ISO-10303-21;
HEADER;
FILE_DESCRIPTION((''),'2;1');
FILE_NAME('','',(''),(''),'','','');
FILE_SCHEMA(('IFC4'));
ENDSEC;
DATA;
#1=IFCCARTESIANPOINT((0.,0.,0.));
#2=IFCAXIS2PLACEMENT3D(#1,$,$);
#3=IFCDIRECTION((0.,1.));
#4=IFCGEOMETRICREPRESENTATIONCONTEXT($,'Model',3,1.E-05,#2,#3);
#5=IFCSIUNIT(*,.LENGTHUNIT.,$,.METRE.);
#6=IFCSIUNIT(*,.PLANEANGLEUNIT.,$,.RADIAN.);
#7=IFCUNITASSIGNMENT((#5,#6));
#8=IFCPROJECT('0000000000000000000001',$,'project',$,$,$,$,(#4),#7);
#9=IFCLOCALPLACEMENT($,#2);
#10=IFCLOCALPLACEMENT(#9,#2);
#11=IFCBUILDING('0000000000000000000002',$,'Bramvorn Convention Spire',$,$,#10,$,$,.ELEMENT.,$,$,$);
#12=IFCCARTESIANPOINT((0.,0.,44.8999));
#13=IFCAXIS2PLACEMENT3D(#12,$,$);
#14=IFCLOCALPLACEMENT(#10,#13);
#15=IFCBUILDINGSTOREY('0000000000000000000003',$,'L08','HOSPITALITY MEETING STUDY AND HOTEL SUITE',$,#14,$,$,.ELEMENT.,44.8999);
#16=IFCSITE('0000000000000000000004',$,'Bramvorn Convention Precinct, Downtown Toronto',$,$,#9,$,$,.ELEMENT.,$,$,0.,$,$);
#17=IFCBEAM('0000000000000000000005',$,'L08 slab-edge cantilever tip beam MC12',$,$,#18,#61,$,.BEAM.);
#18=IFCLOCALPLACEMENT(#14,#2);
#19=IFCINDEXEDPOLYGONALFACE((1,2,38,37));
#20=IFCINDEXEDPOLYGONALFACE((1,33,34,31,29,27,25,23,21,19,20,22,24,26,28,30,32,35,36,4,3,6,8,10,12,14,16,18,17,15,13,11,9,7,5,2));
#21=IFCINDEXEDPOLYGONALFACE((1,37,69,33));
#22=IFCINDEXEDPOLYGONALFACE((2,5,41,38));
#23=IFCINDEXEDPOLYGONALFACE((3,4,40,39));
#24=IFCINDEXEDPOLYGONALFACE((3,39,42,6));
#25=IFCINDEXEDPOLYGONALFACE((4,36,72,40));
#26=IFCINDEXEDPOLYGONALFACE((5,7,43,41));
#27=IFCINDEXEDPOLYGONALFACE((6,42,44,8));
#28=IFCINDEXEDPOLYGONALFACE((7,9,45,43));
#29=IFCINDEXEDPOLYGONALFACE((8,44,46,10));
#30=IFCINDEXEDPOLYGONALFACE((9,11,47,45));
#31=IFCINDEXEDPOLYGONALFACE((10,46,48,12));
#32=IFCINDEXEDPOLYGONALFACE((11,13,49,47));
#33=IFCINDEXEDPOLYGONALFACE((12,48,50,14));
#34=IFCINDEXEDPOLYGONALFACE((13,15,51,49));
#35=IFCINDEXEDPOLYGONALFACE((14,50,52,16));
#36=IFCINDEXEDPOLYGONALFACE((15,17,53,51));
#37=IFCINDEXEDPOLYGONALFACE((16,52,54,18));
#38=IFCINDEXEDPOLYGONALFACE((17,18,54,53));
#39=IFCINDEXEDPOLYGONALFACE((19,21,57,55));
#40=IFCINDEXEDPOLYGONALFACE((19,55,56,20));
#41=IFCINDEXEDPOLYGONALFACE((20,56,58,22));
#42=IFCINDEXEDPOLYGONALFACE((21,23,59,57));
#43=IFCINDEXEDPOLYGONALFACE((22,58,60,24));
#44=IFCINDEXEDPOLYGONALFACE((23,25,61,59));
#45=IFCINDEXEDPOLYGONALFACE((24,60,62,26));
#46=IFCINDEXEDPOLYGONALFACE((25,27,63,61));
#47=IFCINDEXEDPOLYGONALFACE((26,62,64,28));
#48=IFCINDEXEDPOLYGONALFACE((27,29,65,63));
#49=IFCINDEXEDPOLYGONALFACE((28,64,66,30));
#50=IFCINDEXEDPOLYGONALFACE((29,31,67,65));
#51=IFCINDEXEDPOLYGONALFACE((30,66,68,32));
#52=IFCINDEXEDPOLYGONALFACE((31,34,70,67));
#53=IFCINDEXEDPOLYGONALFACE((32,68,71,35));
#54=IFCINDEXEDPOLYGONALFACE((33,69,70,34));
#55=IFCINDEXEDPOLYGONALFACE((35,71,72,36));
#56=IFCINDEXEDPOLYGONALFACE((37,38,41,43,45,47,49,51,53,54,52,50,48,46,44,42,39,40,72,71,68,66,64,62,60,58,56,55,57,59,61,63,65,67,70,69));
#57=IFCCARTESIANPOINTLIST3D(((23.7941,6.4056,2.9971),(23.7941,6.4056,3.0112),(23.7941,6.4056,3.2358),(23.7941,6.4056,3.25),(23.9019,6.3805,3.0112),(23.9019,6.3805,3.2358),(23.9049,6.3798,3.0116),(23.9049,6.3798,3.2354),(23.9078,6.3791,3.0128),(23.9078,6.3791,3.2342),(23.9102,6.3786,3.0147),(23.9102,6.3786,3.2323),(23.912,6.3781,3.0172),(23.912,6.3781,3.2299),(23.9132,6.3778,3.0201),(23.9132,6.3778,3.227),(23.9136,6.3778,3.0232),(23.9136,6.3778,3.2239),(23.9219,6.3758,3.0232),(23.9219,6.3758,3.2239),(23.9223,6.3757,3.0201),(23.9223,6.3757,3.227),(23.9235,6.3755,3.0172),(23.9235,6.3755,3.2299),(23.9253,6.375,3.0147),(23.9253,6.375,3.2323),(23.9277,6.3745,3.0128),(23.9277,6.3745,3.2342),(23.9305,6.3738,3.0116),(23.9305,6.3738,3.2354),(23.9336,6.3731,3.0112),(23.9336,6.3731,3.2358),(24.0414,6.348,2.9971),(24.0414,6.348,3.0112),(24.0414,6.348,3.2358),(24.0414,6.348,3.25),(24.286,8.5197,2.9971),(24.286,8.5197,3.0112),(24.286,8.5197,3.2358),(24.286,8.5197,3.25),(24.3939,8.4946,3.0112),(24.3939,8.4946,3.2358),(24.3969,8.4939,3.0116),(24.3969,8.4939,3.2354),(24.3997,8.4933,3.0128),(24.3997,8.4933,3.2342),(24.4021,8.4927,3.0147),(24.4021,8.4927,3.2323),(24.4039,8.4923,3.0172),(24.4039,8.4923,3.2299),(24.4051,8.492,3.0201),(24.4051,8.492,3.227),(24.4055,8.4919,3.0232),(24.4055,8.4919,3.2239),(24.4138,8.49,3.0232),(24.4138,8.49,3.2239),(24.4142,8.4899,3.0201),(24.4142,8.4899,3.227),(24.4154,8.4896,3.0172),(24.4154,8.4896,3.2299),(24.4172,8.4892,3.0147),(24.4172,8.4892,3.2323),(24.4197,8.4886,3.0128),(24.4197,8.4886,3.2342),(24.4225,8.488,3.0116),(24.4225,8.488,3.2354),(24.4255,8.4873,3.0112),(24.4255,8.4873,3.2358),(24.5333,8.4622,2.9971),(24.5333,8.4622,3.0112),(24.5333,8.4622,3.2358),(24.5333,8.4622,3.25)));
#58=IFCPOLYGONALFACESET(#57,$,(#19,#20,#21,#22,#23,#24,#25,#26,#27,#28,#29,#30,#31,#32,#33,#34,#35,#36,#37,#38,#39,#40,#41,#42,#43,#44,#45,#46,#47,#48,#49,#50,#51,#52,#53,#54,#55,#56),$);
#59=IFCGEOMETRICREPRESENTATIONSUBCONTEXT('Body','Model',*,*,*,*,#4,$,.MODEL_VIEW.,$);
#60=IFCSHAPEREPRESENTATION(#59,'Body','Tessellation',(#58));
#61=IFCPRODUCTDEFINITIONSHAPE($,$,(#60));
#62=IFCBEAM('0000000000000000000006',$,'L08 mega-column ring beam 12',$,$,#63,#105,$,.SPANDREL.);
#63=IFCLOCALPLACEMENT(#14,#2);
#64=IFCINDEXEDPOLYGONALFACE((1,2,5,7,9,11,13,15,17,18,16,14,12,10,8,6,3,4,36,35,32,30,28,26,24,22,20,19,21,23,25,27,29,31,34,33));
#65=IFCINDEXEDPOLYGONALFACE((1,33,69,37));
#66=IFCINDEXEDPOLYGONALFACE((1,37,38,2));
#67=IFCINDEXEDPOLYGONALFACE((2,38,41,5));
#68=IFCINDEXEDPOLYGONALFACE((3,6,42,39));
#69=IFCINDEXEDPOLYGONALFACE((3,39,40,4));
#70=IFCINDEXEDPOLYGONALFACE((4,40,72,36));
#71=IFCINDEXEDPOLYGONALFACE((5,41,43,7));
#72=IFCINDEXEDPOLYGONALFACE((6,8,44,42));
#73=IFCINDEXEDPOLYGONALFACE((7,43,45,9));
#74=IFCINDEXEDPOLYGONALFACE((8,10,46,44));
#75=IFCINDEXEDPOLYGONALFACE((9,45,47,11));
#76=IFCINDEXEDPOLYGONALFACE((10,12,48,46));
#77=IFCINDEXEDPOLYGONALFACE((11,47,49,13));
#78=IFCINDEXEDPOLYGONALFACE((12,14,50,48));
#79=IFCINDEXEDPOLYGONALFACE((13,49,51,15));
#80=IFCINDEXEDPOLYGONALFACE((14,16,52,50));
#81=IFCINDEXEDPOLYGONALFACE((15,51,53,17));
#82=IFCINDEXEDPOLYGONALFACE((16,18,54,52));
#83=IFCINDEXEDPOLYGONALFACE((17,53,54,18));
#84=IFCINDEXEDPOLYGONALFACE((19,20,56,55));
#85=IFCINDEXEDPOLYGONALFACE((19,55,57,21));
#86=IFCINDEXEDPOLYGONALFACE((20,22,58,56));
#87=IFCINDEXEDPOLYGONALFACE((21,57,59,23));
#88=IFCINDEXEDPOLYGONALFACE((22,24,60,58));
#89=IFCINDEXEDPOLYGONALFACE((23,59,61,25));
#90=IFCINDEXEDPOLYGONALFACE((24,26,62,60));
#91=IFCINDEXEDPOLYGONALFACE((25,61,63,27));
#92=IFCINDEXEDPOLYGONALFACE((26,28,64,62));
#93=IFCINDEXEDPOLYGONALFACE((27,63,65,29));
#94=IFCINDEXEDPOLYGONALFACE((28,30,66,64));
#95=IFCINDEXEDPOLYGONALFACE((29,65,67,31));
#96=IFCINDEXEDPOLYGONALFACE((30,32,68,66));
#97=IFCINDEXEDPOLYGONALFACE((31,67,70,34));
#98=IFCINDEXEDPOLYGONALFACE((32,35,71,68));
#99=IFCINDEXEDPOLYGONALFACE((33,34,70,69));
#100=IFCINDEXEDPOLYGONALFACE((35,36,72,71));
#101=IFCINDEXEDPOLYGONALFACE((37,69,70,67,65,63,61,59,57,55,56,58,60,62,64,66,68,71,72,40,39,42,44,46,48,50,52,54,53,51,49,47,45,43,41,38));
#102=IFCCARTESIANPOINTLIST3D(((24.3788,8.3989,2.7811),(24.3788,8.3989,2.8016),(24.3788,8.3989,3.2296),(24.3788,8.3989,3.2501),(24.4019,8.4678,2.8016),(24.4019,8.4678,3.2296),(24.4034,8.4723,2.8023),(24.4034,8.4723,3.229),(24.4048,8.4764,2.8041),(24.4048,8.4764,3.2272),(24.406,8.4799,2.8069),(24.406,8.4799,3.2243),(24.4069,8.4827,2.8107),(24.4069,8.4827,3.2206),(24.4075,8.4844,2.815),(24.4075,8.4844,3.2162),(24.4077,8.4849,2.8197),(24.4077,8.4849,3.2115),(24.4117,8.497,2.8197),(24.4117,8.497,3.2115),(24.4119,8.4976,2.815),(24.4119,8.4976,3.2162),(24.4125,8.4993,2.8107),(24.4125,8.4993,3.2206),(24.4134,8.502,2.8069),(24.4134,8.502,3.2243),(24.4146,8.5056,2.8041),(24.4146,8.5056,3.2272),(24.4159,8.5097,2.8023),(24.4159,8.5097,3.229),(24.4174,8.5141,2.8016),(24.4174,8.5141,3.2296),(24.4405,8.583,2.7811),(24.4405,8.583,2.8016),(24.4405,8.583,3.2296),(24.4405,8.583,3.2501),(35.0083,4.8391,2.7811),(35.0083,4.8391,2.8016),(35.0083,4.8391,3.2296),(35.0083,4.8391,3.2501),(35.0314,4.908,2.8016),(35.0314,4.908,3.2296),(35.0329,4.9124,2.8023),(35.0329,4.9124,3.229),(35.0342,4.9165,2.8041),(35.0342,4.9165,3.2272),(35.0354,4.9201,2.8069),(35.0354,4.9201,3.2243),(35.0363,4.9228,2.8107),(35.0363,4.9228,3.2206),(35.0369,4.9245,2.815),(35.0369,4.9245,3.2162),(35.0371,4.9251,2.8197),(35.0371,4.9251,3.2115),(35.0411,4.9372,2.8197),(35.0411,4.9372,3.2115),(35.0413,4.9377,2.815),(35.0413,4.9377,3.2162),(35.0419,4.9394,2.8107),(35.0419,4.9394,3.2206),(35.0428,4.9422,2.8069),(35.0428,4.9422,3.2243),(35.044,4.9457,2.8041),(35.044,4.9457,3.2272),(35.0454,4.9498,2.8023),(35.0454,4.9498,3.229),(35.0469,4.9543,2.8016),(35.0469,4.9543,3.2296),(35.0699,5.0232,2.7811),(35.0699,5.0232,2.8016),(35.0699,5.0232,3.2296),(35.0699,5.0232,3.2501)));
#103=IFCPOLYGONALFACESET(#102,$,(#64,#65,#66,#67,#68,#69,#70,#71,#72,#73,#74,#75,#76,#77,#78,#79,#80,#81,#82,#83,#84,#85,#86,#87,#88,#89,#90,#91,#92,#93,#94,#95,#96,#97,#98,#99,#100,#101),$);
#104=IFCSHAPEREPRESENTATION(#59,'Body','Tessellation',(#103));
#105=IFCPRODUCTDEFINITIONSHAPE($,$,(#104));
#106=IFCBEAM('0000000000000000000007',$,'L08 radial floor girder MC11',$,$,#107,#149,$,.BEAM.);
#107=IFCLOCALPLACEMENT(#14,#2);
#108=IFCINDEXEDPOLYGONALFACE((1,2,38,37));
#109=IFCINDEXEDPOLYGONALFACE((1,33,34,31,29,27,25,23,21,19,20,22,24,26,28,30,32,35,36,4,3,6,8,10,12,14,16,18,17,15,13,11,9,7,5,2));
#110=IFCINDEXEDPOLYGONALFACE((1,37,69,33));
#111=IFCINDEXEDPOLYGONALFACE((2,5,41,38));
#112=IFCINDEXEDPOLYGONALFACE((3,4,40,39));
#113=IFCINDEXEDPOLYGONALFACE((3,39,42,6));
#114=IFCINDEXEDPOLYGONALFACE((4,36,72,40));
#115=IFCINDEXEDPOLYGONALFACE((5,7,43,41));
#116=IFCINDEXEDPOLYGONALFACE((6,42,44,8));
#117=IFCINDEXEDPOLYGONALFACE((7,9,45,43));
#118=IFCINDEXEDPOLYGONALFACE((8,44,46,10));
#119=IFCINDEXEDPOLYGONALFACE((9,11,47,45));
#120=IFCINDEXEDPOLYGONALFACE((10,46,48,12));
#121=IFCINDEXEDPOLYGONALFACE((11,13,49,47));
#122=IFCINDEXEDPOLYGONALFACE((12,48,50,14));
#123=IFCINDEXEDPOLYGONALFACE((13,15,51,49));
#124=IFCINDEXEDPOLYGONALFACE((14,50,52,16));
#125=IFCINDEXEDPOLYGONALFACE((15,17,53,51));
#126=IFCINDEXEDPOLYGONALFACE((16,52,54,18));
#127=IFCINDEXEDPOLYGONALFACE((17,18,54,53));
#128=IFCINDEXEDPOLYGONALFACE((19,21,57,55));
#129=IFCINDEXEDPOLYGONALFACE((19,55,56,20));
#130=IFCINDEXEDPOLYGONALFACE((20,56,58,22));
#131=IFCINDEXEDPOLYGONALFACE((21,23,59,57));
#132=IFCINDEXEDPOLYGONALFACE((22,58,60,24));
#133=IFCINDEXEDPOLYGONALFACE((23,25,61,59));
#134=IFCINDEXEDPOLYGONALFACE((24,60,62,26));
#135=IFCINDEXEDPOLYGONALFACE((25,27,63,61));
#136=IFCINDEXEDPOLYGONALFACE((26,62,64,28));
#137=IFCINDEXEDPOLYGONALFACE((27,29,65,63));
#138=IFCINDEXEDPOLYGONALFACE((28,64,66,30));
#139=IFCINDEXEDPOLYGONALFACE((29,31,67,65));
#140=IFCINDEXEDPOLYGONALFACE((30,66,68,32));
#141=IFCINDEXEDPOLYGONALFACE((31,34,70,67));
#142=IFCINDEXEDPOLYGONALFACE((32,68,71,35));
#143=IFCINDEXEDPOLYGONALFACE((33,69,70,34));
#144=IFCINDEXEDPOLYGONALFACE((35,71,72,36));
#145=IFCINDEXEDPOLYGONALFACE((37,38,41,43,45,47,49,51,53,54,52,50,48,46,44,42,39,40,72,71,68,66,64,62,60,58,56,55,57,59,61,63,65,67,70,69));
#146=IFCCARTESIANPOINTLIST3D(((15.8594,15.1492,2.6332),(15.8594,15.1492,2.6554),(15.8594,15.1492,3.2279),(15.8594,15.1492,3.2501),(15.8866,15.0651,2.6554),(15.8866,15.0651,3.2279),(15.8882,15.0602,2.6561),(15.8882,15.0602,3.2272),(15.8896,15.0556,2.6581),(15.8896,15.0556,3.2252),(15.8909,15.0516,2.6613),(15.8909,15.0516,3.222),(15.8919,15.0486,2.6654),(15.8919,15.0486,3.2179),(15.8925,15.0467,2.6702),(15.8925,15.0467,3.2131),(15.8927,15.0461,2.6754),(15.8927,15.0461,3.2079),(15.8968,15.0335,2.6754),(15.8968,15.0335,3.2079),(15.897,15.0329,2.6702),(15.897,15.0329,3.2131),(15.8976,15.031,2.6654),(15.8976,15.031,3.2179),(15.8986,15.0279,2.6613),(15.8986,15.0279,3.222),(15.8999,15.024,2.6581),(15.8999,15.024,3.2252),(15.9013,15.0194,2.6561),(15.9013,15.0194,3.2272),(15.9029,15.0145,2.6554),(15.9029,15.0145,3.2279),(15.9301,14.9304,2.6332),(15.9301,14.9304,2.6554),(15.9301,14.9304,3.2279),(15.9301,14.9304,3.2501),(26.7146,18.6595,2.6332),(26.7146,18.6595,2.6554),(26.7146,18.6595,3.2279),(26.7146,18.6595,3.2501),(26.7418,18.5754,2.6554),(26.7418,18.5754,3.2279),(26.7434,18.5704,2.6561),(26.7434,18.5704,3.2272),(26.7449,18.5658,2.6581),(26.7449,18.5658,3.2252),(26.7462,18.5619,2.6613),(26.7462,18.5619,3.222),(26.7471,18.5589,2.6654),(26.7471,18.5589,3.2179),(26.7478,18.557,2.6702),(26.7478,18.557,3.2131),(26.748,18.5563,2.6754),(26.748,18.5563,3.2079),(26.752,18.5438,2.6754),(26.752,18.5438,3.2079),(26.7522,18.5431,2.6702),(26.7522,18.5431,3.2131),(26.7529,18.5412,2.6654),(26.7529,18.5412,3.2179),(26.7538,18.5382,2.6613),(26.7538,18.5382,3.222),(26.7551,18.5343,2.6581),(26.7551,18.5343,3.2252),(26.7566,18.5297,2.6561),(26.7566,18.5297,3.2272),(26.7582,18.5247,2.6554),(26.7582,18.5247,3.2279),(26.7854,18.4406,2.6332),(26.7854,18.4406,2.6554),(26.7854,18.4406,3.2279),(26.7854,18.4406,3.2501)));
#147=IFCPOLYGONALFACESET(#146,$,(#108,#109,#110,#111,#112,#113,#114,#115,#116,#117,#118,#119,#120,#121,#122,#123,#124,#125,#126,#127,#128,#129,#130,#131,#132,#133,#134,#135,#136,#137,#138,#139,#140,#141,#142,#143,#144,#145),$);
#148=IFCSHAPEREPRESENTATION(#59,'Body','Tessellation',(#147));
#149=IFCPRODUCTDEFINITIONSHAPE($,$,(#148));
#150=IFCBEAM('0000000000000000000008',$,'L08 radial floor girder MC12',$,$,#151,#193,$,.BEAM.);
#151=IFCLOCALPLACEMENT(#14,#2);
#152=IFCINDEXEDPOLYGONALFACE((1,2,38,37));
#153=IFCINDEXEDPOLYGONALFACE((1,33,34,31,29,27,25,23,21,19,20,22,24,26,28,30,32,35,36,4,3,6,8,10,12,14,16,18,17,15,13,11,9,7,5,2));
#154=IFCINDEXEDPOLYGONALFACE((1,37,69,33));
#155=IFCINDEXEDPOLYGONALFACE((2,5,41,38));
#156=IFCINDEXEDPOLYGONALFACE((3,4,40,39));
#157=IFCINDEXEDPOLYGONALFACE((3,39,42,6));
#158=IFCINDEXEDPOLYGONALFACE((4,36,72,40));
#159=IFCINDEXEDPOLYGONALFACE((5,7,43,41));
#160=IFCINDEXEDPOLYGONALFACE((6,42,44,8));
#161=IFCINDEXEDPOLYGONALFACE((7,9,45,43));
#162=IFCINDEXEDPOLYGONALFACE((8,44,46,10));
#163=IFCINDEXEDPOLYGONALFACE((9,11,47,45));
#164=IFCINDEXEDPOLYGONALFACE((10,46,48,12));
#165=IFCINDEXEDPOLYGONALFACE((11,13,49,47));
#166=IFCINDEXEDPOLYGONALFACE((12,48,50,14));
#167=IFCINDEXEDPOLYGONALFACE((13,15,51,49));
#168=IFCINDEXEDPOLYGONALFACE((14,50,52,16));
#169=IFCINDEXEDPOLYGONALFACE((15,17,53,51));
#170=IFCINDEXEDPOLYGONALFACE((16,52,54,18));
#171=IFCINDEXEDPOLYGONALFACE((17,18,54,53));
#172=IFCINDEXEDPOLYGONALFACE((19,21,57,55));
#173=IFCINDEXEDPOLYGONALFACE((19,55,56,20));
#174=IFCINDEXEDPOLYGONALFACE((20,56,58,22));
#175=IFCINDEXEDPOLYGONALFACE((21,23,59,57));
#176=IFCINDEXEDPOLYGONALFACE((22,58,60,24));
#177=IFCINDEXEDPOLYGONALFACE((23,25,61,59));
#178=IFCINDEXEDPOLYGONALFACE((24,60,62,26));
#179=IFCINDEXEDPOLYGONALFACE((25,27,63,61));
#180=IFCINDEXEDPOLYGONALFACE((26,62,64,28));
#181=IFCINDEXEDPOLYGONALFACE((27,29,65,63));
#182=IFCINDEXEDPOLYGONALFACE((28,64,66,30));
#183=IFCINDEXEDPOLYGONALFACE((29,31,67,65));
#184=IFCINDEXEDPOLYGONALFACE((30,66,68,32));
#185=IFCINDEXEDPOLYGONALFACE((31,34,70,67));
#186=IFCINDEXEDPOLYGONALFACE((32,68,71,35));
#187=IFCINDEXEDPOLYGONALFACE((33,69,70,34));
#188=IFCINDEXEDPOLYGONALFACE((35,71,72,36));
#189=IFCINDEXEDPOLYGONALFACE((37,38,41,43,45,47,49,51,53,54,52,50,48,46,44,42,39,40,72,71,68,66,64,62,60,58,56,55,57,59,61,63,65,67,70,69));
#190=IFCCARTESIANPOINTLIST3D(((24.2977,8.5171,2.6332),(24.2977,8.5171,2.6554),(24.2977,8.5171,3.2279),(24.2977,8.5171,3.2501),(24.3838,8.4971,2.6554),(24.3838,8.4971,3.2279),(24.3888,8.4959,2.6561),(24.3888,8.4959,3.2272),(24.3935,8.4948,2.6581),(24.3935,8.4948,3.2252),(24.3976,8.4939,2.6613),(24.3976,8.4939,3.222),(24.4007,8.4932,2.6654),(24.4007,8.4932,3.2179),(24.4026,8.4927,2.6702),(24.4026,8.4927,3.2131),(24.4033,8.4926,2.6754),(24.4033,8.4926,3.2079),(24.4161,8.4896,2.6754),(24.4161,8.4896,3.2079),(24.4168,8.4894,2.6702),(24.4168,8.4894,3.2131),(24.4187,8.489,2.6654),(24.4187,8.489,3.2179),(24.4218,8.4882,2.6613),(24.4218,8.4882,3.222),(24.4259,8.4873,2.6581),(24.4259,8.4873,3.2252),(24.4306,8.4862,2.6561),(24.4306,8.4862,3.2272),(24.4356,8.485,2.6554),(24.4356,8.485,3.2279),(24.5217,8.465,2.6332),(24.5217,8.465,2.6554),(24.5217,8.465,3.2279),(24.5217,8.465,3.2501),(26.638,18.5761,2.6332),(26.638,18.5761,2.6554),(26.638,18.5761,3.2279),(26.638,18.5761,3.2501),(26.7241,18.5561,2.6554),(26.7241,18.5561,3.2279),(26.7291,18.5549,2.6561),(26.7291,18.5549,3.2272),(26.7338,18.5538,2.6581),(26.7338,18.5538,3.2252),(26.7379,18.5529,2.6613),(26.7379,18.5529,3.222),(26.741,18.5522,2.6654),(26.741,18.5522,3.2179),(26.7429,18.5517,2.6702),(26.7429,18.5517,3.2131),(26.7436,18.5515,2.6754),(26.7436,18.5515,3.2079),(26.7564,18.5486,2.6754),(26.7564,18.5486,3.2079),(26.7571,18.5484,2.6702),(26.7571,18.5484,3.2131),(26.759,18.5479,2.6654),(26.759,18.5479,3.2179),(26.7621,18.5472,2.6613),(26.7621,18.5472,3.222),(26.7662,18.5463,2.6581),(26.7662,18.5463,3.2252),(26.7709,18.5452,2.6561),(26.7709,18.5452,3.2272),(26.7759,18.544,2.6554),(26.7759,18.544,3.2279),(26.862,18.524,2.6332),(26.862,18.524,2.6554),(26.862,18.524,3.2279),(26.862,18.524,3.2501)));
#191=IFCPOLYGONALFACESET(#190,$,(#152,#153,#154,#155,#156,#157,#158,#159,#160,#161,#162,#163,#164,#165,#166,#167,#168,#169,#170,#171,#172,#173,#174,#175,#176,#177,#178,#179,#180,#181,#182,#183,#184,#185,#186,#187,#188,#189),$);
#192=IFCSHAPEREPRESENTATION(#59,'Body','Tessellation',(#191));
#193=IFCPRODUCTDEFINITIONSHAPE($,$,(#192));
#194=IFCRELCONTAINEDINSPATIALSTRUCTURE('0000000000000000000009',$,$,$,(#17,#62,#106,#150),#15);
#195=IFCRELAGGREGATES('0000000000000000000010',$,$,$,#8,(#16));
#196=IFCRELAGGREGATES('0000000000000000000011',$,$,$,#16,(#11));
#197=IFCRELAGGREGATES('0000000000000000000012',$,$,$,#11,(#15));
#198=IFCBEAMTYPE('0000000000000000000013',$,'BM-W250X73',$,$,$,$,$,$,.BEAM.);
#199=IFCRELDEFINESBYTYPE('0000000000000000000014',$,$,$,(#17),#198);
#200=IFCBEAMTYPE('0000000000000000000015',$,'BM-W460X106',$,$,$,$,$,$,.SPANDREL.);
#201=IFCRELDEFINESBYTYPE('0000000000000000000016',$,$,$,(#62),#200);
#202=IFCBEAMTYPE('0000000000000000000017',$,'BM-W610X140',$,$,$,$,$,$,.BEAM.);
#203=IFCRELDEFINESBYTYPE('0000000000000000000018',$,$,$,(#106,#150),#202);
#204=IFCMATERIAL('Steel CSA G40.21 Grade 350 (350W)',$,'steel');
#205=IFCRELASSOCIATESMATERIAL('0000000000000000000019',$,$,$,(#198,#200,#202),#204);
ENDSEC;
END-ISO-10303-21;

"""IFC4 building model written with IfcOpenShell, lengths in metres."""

from ifc_helpers import new_model, si_unit, direction, frame, origin, origin_2d, place, context, subcontext, project, spatial, i_section, extrude, material, material_profile, profile_set, type_object, element, save


model = new_model("IFC4")

# Units and contexts
model_context = context("Model", 3, precision=1e-05, world=origin(), true_north=direction((0.0, 1.0)))
body_context = subcontext(model_context, "Body", "Model", "MODEL_VIEW")
ifc_project = project(units=[si_unit("LENGTHUNIT", "METRE"), si_unit("PLANEANGLEUNIT", "RADIAN")], contexts=[model_context])

# Site, building, storey
site_placement = place(None, origin())
site = spatial("IfcSite", under=ifc_project, at=site_placement, Name="Bramvorn Convention Precinct, Downtown Toronto", CompositionType="ELEMENT", RefElevation=0.0)
building_placement = place(site_placement, origin())
building = spatial("IfcBuilding", under=site, at=building_placement, Name="Bramvorn Convention Spire", CompositionType="ELEMENT")
storey_placement = place(building_placement, frame((0.0, 0.0, 44.8999)))
storey = spatial("IfcBuildingStorey", under=building, at=storey_placement, Name="L08", Description="HOSPITALITY MEETING STUDY AND HOTEL SUITE", CompositionType="ELEMENT", Elevation=44.8999)

# Shared definitions
ifc_material_1 = material(Name="Steel CSA G40.21 Grade 350 (350W)", Category="steel")

# Beams
ifc_material_profile_1 = material_profile(ifc_material_1, i_section(OverallWidth=0.2539, OverallDepth=0.2529, WebThickness=0.0085, FlangeThickness=0.0142, FilletRadius=0.012, at=origin_2d()))
ifc_profile_set_1 = profile_set([ifc_material_profile_1], Name="Steel CSA G40.21 Grade 350 (350W) - W250X73")
beam_type_1 = type_object("IfcBeamType", Name="BM-W250X73", PredefinedType="BEAM", material=ifc_profile_set_1)
beam_1_placement = place(storey_placement, frame((24.4097, 8.491, 3.1235), z_axis=(-0.226625, -0.973982, 0.0), x_axis=(0.973982, -0.226625, 0.0)))
element("IfcBeam", 1, at=beam_1_placement, inside=storey, type_object=beam_type_1, Name="L08 slab-edge cantilever tip beam MC12", PredefinedType="BEAM", context=body_context, shape_type="SweptSolid", body=[
    extrude(i_section(OverallWidth=0.2539, OverallDepth=0.2529, WebThickness=0.0085, FlangeThickness=0.0142, FilletRadius=0.012, at=origin_2d()), origin(), (0.0, 0.0, 1.0), 2.1707),
])
ifc_material_profile_2 = material_profile(ifc_material_1, i_section(OverallWidth=0.1941, OverallDepth=0.469, WebThickness=0.0127, FlangeThickness=0.0205, FilletRadius=0.0181, at=origin_2d()))
ifc_profile_set_2 = profile_set([ifc_material_profile_2], Name="Steel CSA G40.21 Grade 350 (350W) - W460X106")
beam_type_2 = type_object("IfcBeamType", Name="BM-W460X106", PredefinedType="SPANDREL", material=ifc_profile_set_2)
beam_2_placement = place(storey_placement, frame((24.4097, 8.491, 3.0156), z_axis=(0.948236, -0.317567, 0.0), x_axis=(0.317567, 0.948236, 0.0)))
element("IfcBeam", 2, at=beam_2_placement, inside=storey, type_object=beam_type_2, Name="L08 mega-column ring beam 12", PredefinedType="SPANDREL", context=body_context, shape_type="SweptSolid", body=[
    extrude(i_section(OverallWidth=0.1941, OverallDepth=0.469, WebThickness=0.0127, FlangeThickness=0.0205, FilletRadius=0.0181, at=origin_2d()), origin(), (0.0, 0.0, 1.0), 11.2097),
])
ifc_material_profile_3 = material_profile(ifc_material_1, i_section(OverallWidth=0.23, OverallDepth=0.6169, WebThickness=0.0132, FlangeThickness=0.0222, FilletRadius=0.02, at=origin_2d()))
ifc_profile_set_3 = profile_set([ifc_material_profile_3], Name="Steel CSA G40.21 Grade 350 (350W) - W610X140")
beam_type_3 = type_object("IfcBeamType", Name="BM-W610X140", PredefinedType="BEAM", material=ifc_profile_set_3)
beam_3_placement = place(storey_placement, frame((26.75, 18.55, 2.9417), z_axis=(-0.951489, -0.307683, 0.0), x_axis=(0.307683, -0.951489, 0.0)))
element("IfcBeam", 3, at=beam_3_placement, inside=storey, type_object=beam_type_3, Name="L08 radial floor girder MC11", PredefinedType="BEAM", context=body_context, shape_type="SweptSolid", body=[
    extrude(i_section(OverallWidth=0.23, OverallDepth=0.6169, WebThickness=0.0132, FlangeThickness=0.0222, FilletRadius=0.02, at=origin_2d()), origin(), (0.0, 0.0, 1.0), 11.4087),
])
beam_4_placement = place(storey_placement, frame((26.75, 18.55, 2.9417), z_axis=(-0.226606, -0.973986, 0.0), x_axis=(0.973986, -0.226606, 0.0)))
element("IfcBeam", 4, at=beam_4_placement, inside=storey, type_object=beam_type_3, Name="L08 radial floor girder MC12", PredefinedType="BEAM", context=body_context, shape_type="SweptSolid", body=[
    extrude(i_section(OverallWidth=0.23, OverallDepth=0.6169, WebThickness=0.0132, FlangeThickness=0.0222, FilletRadius=0.02, at=origin_2d()), origin(), (0.0, 0.0, 1.0), 10.3276),
])

save(model, "model.ifc")
